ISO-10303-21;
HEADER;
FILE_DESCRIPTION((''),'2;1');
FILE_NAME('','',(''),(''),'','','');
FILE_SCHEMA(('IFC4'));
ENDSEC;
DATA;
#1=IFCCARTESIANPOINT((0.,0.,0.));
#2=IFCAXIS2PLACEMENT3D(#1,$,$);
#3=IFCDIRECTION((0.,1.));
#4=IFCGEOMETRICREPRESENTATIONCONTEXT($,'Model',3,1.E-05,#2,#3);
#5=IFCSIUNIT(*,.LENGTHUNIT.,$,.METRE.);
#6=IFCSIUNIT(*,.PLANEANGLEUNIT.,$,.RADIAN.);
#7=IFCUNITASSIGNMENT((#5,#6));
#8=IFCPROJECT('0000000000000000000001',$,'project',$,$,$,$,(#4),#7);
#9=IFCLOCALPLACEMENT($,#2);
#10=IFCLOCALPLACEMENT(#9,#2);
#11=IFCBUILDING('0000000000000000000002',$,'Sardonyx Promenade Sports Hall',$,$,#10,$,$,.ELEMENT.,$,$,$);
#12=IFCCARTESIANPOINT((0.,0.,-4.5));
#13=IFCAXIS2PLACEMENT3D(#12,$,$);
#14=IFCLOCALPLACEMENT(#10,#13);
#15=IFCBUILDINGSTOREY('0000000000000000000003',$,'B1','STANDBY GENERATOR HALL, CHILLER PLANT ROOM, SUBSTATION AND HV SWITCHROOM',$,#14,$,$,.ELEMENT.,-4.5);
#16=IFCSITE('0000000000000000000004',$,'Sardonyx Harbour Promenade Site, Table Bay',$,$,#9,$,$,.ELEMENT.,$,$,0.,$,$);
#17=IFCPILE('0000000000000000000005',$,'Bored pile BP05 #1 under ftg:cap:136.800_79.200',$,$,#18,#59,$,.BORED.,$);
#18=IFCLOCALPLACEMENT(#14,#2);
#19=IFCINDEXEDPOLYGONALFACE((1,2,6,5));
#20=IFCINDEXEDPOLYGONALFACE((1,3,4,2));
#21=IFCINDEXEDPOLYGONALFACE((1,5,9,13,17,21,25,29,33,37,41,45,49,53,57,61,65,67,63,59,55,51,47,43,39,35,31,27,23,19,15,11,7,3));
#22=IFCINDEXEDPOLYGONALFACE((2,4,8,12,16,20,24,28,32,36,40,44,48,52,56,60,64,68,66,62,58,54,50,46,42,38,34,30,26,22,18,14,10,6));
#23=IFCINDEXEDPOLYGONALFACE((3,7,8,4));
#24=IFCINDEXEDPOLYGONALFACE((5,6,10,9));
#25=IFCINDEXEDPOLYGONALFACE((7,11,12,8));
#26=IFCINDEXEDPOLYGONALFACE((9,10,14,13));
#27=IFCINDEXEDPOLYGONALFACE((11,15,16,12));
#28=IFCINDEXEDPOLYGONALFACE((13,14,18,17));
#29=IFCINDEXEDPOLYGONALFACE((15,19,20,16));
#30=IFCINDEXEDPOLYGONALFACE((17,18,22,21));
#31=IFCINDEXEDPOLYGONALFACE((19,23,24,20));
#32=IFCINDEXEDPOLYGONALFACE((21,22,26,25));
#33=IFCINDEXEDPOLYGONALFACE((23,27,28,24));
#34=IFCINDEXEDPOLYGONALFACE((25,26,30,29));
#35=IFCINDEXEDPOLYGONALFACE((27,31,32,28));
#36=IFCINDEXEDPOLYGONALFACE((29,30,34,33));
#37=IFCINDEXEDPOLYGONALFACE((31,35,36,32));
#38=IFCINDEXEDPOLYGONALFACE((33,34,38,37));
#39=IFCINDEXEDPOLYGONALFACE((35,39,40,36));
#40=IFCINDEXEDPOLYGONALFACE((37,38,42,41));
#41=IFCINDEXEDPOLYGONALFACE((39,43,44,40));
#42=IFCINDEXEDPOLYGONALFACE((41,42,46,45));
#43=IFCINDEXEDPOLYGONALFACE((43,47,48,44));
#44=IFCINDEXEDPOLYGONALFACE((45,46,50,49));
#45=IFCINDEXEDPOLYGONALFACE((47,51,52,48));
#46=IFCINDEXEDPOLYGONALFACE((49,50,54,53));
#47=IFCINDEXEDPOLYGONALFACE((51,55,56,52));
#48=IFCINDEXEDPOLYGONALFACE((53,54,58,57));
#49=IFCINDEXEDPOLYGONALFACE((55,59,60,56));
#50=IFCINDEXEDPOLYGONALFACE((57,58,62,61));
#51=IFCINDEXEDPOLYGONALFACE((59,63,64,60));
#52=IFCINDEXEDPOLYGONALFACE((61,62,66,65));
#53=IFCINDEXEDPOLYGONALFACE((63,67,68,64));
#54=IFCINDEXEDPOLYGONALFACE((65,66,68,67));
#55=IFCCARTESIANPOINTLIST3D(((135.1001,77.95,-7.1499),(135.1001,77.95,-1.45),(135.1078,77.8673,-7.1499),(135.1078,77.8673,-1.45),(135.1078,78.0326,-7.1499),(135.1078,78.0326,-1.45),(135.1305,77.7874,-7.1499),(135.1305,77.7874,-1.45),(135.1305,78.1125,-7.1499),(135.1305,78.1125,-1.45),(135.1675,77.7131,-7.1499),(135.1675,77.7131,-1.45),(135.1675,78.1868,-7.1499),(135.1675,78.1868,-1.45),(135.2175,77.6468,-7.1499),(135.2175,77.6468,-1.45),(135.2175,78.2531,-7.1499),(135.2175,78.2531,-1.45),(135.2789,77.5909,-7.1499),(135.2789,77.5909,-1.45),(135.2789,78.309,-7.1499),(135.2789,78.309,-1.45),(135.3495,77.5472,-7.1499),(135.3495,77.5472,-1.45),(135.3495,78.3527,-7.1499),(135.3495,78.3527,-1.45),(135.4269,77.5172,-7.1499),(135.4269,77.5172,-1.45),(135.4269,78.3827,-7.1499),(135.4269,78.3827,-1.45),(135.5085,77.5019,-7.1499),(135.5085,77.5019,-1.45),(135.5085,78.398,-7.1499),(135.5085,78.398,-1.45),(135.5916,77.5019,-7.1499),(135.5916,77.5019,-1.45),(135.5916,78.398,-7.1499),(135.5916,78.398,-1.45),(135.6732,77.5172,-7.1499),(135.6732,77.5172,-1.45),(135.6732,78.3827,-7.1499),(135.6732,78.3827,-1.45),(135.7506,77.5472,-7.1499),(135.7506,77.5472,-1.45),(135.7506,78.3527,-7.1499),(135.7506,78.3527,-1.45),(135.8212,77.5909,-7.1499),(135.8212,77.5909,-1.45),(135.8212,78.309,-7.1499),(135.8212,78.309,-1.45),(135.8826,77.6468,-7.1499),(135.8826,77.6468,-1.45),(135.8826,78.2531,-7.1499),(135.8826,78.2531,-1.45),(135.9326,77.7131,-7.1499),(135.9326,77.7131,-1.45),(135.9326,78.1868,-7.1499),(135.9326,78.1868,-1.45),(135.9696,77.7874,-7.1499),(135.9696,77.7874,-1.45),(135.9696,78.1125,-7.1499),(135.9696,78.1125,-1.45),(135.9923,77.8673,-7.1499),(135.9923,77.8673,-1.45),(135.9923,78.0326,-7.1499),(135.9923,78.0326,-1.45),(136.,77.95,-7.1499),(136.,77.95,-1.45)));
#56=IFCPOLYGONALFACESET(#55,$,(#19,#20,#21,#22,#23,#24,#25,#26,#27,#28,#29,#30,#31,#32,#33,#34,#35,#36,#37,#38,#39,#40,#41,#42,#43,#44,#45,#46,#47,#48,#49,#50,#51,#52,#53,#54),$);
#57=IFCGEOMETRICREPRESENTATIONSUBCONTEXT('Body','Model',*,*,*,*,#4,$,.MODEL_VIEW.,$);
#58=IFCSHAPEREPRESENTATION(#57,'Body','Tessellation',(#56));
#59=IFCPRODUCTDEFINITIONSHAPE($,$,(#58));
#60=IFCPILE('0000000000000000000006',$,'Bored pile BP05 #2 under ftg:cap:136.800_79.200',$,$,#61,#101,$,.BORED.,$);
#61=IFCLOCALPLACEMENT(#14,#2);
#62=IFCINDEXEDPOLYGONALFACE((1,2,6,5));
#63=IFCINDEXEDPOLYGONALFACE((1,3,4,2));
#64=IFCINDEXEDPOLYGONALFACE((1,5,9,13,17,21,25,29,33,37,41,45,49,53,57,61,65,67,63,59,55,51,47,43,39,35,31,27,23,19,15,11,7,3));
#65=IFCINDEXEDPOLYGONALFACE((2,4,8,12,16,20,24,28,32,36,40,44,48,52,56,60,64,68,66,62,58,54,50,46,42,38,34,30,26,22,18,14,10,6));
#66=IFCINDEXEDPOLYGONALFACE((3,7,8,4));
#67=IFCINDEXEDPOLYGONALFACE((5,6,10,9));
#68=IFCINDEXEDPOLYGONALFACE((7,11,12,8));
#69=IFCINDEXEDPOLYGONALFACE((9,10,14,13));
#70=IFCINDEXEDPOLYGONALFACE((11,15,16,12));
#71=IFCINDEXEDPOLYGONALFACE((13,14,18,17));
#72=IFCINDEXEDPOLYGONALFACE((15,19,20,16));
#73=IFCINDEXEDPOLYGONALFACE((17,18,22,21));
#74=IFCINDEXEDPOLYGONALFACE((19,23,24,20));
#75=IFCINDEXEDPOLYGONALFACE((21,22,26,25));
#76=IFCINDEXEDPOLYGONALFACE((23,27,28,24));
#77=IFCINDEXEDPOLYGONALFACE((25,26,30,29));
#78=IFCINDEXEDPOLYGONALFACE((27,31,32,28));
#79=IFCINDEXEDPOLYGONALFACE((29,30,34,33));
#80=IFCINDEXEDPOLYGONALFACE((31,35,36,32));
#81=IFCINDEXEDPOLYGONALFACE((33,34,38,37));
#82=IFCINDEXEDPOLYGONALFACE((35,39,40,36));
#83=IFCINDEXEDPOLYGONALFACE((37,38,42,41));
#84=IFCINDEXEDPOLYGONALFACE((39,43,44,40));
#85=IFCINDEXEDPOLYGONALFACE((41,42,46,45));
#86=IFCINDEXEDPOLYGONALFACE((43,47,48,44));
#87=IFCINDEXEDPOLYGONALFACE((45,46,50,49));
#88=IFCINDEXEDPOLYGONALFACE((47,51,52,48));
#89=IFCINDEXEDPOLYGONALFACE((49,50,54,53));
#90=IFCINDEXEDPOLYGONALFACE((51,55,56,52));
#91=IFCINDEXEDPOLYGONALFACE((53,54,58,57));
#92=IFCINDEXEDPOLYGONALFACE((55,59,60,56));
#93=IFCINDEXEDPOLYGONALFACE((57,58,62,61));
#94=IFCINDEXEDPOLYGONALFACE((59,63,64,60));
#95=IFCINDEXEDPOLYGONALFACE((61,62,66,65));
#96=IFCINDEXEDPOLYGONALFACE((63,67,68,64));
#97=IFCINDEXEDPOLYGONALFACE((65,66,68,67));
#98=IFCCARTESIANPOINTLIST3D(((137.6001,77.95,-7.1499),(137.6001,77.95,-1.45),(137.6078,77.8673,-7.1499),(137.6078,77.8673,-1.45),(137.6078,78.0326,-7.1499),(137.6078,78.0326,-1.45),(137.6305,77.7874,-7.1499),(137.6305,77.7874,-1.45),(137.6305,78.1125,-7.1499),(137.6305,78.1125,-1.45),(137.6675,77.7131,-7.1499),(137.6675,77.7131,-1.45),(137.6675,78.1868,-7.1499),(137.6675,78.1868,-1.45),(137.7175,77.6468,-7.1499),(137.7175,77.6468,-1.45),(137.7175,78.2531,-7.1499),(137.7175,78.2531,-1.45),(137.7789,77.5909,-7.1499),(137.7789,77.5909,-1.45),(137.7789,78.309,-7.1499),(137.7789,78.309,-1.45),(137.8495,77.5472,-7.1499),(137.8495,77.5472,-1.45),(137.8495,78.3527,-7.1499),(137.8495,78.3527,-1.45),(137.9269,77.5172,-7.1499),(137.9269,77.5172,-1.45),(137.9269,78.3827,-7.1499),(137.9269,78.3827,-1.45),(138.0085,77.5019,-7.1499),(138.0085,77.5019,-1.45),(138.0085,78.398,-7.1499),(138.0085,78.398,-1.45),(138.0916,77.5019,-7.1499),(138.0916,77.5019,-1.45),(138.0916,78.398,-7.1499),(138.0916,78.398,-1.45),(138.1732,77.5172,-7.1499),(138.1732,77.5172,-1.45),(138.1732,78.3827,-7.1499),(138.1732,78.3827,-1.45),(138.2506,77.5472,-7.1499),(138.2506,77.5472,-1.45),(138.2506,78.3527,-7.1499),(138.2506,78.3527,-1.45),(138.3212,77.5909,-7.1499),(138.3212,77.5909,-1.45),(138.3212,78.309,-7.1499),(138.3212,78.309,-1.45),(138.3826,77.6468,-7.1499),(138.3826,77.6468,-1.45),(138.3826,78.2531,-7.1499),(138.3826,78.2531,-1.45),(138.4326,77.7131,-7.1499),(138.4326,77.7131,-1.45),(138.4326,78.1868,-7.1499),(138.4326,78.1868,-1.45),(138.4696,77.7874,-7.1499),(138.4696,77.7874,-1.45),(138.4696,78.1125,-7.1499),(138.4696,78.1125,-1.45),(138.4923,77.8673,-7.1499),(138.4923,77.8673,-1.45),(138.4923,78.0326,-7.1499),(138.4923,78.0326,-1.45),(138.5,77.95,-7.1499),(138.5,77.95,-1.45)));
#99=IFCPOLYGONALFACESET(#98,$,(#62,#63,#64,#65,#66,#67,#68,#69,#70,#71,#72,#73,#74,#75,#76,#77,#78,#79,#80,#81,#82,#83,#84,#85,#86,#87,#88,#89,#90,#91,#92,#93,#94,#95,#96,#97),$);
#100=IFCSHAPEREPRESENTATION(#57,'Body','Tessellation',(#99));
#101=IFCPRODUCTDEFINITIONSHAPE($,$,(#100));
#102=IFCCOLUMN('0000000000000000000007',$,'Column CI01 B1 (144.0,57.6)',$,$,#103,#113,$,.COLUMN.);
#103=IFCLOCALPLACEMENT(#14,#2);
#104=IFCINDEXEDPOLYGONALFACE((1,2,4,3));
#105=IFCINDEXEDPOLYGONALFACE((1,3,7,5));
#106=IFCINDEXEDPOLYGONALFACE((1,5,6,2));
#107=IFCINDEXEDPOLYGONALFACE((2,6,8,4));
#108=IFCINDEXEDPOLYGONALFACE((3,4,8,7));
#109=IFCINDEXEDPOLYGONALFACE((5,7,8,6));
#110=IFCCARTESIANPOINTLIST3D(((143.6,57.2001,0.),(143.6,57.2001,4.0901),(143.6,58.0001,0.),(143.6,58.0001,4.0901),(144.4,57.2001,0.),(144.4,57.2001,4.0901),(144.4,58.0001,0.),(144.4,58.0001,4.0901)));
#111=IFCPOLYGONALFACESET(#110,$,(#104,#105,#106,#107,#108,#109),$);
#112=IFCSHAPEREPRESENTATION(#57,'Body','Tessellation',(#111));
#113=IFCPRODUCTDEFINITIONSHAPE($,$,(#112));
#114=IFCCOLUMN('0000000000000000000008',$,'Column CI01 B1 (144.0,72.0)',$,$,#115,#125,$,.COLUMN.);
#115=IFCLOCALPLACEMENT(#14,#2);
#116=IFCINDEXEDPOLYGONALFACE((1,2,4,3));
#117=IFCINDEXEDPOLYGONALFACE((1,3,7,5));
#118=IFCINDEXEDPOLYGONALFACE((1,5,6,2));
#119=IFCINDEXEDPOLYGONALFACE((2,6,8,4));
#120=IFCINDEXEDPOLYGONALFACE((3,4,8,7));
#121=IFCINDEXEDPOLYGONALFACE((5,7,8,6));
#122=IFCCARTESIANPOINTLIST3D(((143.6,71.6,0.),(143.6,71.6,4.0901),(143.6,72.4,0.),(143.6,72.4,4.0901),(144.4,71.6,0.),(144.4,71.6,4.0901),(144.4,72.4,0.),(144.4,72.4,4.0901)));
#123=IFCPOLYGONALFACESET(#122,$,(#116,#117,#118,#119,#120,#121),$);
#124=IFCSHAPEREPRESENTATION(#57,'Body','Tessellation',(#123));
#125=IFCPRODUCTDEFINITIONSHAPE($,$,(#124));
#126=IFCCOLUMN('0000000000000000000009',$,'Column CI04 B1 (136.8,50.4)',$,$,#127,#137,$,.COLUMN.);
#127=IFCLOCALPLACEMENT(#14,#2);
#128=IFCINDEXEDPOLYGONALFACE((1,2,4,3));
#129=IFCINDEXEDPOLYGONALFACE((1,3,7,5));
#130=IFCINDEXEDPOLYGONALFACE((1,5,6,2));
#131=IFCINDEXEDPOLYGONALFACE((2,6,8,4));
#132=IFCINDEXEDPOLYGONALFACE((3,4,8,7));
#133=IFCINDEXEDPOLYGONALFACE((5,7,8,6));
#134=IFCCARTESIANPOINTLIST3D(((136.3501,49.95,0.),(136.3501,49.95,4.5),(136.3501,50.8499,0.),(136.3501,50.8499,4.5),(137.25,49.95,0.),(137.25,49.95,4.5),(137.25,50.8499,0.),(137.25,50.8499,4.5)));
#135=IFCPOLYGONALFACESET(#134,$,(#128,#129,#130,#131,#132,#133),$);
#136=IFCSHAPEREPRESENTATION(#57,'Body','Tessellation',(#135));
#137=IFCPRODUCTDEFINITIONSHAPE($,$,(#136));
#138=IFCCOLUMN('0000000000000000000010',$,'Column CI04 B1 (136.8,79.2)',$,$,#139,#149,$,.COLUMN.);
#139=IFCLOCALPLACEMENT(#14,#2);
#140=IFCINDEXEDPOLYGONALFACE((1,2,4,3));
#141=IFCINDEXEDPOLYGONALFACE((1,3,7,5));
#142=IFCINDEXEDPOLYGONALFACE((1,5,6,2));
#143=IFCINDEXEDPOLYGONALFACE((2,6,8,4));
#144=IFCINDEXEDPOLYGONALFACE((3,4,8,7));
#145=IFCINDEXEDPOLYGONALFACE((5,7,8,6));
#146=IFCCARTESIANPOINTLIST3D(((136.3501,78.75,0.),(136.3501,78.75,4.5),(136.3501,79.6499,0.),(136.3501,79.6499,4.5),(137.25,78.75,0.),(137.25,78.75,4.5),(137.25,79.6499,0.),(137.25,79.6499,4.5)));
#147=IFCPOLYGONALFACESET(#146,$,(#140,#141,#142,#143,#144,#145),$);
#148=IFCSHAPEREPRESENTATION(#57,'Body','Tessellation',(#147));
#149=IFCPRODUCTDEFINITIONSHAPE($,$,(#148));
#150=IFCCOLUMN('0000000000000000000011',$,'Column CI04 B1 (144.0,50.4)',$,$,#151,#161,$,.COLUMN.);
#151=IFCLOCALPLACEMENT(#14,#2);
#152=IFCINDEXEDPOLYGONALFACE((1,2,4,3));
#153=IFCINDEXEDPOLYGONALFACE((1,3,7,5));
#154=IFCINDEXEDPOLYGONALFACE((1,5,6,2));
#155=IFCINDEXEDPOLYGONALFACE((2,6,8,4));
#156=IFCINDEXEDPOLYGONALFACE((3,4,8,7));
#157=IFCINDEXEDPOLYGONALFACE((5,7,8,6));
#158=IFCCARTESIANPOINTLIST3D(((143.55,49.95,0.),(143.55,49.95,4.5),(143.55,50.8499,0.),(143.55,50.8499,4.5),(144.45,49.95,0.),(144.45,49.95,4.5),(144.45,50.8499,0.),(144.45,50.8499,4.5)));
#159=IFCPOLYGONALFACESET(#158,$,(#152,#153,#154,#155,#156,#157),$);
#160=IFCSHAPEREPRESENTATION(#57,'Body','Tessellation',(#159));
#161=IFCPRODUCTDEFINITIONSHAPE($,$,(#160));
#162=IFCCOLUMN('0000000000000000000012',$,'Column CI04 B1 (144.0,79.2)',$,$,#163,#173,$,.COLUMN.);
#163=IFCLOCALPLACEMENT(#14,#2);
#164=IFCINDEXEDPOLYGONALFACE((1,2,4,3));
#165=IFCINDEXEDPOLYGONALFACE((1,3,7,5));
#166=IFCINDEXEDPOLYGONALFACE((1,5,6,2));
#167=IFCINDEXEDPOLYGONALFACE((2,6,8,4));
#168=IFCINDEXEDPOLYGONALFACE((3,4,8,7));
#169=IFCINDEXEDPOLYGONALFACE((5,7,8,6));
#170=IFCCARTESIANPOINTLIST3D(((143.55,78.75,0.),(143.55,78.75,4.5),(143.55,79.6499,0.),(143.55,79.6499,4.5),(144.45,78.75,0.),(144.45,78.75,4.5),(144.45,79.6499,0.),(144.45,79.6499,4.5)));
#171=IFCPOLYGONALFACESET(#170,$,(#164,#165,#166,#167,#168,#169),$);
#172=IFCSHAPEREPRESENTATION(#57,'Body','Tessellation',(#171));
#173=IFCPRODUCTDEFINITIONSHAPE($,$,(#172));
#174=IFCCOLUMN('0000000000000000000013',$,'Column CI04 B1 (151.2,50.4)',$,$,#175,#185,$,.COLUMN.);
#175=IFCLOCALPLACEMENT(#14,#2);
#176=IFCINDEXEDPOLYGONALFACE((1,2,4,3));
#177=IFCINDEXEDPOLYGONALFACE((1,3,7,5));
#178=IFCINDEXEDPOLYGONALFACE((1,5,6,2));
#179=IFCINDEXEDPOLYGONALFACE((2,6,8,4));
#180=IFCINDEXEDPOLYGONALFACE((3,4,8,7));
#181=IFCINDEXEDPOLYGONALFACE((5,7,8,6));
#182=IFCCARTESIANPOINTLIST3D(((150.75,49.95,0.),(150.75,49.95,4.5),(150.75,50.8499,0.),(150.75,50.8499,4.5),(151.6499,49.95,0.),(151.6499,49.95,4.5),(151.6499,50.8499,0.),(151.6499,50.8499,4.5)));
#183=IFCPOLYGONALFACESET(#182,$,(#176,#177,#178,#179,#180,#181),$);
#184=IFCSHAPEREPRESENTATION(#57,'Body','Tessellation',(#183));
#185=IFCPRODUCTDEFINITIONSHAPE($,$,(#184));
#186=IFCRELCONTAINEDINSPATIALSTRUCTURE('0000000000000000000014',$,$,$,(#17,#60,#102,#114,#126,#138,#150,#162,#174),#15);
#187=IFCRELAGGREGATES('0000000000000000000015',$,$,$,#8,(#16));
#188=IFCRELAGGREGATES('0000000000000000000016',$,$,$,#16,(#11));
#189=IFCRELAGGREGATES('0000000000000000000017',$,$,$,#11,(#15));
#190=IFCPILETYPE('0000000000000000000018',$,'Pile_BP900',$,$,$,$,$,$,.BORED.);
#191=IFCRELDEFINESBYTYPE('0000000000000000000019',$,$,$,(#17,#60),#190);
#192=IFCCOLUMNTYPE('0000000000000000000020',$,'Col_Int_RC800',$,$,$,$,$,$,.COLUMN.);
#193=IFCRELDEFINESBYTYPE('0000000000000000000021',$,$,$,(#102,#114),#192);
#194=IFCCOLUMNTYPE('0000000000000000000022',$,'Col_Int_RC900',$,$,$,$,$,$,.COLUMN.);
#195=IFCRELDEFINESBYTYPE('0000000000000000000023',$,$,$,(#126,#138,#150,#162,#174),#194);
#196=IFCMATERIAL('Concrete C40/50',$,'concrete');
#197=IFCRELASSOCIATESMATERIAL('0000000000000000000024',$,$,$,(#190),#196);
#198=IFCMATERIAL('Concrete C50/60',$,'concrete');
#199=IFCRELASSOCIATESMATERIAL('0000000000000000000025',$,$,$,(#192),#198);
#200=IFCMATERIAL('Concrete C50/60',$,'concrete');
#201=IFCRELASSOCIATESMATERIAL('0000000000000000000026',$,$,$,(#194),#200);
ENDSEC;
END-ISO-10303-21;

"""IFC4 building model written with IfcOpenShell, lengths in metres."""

from ifc_helpers import new_model, si_unit, direction, frame, origin, origin_2d, place, context, subcontext, project, spatial, rectangle, circle, extrude, material, material_profile, profile_set, type_object, element, save


model = new_model("IFC4")

# Units and contexts
model_context = context("Model", 3, precision=1e-05, world=origin(), true_north=direction((0.0, 1.0)))
body_context = subcontext(model_context, "Body", "Model", "MODEL_VIEW")
ifc_project = project(units=[si_unit("LENGTHUNIT", "METRE"), si_unit("PLANEANGLEUNIT", "RADIAN")], contexts=[model_context])

# Site, building, storey
site_placement = place(None, origin())
site = spatial("IfcSite", under=ifc_project, at=site_placement, Name="Sardonyx Harbour Promenade Site, Table Bay", CompositionType="ELEMENT", RefElevation=0.0)
building_placement = place(site_placement, origin())
building = spatial("IfcBuilding", under=site, at=building_placement, Name="Sardonyx Promenade Sports Hall", CompositionType="ELEMENT")
storey_placement = place(building_placement, frame((0.0, 0.0, -4.5)))
storey = spatial("IfcBuildingStorey", under=building, at=storey_placement, Name="B1", Description="STANDBY GENERATOR HALL, CHILLER PLANT ROOM, SUBSTATION AND HV SWITCHROOM", CompositionType="ELEMENT", Elevation=-4.5)

# Piles
ifc_material_1 = material(Name="Concrete C40/50", Category="concrete")
ifc_material_profile_1 = material_profile(ifc_material_1, circle(Radius=0.45, at=origin_2d()))
ifc_profile_set_1 = profile_set([ifc_material_profile_1], Name="Concrete C40/50")
pile_type_1 = type_object("IfcPileType", Name="Pile_BP900", PredefinedType="BORED", material=ifc_profile_set_1)
for number, where, z_axis, x_axis, name in (
    (1, (135.55, 77.95, -1.45), (0.0, 0.0, -1.0), (1.0, 0.0, 0.0), "Bored pile BP05 #1 under ftg:cap:136.800_79.200"),
    (2, (138.05, 77.95, -1.45), (0.0, 0.0, -1.0), (1.0, 0.0, 0.0), "Bored pile BP05 #2 under ftg:cap:136.800_79.200"),
):
    element("IfcPile", number, at=place(storey_placement, frame(where, z_axis=z_axis, x_axis=x_axis)), inside=storey, type_object=pile_type_1, Name=name, PredefinedType="BORED", context=body_context, shape_type="SweptSolid", body=[
        extrude(circle(Radius=0.45, at=origin_2d()), origin(), (0.0, 0.0, 1.0), 5.7),
    ])

# Columns
ifc_material_2 = material(Name="Concrete C50/60", Category="concrete")
ifc_material_profile_2 = material_profile(ifc_material_2, rectangle(XDim=0.8, YDim=0.8, at=origin_2d()))
ifc_profile_set_2 = profile_set([ifc_material_profile_2], Name="Concrete C50/60")
column_type_1 = type_object("IfcColumnType", Name="Col_Int_RC800", PredefinedType="COLUMN", material=ifc_profile_set_2)
for number, where, z_axis, x_axis, name in (
    (3, (144.0, 57.6001, 0.0), (0.0, 0.0, 1.0), (1.0, 0.0, 0.0), "Column CI01 B1 (144.0,57.6)"),
    (4, (144.0, 72.0, 0.0), (0.0, 0.0, 1.0), (1.0, 0.0, 0.0), "Column CI01 B1 (144.0,72.0)"),
):
    element("IfcColumn", number, at=place(storey_placement, frame(where, z_axis=z_axis, x_axis=x_axis)), inside=storey, type_object=column_type_1, Name=name, PredefinedType="COLUMN", context=body_context, shape_type="SweptSolid", body=[
        extrude(rectangle(XDim=0.8, YDim=0.8, at=origin_2d()), origin(), (0.0, 0.0, 1.0), 4.0901),
    ])
ifc_material_3 = material(Name="Concrete C50/60", Category="concrete")
ifc_material_profile_3 = material_profile(ifc_material_3, rectangle(XDim=0.8999, YDim=0.8999, at=origin_2d()))
ifc_profile_set_3 = profile_set([ifc_material_profile_3], Name="Concrete C50/60")
column_type_2 = type_object("IfcColumnType", Name="Col_Int_RC900", PredefinedType="COLUMN", material=ifc_profile_set_3)
for number, where, z_axis, x_axis, name in (
    (5, (136.8, 50.3999, 0.0), (0.0, 0.0, 1.0), (1.0, 0.0, 0.0), "Column CI04 B1 (136.8,50.4)"),
    (6, (136.8, 79.2, 0.0), (0.0, 0.0, 1.0), (1.0, 0.0, 0.0), "Column CI04 B1 (136.8,79.2)"),
    (7, (144.0, 50.3999, 0.0), (0.0, 0.0, 1.0), (1.0, 0.0, 0.0), "Column CI04 B1 (144.0,50.4)"),
    (8, (144.0, 79.2, 0.0), (0.0, 0.0, 1.0), (1.0, 0.0, 0.0), "Column CI04 B1 (144.0,79.2)"),
    (9, (151.2, 50.3999, 0.0), (0.0, 0.0, 1.0), (1.0, 0.0, 0.0), "Column CI04 B1 (151.2,50.4)"),
):
    element("IfcColumn", number, at=place(storey_placement, frame(where, z_axis=z_axis, x_axis=x_axis)), inside=storey, type_object=column_type_2, Name=name, PredefinedType="COLUMN", context=body_context, shape_type="SweptSolid", body=[
        extrude(rectangle(XDim=0.8999, YDim=0.8999, at=origin_2d()), origin(), (0.0, 0.0, 1.0), 4.5),
    ])

save(model, "model.ifc")
